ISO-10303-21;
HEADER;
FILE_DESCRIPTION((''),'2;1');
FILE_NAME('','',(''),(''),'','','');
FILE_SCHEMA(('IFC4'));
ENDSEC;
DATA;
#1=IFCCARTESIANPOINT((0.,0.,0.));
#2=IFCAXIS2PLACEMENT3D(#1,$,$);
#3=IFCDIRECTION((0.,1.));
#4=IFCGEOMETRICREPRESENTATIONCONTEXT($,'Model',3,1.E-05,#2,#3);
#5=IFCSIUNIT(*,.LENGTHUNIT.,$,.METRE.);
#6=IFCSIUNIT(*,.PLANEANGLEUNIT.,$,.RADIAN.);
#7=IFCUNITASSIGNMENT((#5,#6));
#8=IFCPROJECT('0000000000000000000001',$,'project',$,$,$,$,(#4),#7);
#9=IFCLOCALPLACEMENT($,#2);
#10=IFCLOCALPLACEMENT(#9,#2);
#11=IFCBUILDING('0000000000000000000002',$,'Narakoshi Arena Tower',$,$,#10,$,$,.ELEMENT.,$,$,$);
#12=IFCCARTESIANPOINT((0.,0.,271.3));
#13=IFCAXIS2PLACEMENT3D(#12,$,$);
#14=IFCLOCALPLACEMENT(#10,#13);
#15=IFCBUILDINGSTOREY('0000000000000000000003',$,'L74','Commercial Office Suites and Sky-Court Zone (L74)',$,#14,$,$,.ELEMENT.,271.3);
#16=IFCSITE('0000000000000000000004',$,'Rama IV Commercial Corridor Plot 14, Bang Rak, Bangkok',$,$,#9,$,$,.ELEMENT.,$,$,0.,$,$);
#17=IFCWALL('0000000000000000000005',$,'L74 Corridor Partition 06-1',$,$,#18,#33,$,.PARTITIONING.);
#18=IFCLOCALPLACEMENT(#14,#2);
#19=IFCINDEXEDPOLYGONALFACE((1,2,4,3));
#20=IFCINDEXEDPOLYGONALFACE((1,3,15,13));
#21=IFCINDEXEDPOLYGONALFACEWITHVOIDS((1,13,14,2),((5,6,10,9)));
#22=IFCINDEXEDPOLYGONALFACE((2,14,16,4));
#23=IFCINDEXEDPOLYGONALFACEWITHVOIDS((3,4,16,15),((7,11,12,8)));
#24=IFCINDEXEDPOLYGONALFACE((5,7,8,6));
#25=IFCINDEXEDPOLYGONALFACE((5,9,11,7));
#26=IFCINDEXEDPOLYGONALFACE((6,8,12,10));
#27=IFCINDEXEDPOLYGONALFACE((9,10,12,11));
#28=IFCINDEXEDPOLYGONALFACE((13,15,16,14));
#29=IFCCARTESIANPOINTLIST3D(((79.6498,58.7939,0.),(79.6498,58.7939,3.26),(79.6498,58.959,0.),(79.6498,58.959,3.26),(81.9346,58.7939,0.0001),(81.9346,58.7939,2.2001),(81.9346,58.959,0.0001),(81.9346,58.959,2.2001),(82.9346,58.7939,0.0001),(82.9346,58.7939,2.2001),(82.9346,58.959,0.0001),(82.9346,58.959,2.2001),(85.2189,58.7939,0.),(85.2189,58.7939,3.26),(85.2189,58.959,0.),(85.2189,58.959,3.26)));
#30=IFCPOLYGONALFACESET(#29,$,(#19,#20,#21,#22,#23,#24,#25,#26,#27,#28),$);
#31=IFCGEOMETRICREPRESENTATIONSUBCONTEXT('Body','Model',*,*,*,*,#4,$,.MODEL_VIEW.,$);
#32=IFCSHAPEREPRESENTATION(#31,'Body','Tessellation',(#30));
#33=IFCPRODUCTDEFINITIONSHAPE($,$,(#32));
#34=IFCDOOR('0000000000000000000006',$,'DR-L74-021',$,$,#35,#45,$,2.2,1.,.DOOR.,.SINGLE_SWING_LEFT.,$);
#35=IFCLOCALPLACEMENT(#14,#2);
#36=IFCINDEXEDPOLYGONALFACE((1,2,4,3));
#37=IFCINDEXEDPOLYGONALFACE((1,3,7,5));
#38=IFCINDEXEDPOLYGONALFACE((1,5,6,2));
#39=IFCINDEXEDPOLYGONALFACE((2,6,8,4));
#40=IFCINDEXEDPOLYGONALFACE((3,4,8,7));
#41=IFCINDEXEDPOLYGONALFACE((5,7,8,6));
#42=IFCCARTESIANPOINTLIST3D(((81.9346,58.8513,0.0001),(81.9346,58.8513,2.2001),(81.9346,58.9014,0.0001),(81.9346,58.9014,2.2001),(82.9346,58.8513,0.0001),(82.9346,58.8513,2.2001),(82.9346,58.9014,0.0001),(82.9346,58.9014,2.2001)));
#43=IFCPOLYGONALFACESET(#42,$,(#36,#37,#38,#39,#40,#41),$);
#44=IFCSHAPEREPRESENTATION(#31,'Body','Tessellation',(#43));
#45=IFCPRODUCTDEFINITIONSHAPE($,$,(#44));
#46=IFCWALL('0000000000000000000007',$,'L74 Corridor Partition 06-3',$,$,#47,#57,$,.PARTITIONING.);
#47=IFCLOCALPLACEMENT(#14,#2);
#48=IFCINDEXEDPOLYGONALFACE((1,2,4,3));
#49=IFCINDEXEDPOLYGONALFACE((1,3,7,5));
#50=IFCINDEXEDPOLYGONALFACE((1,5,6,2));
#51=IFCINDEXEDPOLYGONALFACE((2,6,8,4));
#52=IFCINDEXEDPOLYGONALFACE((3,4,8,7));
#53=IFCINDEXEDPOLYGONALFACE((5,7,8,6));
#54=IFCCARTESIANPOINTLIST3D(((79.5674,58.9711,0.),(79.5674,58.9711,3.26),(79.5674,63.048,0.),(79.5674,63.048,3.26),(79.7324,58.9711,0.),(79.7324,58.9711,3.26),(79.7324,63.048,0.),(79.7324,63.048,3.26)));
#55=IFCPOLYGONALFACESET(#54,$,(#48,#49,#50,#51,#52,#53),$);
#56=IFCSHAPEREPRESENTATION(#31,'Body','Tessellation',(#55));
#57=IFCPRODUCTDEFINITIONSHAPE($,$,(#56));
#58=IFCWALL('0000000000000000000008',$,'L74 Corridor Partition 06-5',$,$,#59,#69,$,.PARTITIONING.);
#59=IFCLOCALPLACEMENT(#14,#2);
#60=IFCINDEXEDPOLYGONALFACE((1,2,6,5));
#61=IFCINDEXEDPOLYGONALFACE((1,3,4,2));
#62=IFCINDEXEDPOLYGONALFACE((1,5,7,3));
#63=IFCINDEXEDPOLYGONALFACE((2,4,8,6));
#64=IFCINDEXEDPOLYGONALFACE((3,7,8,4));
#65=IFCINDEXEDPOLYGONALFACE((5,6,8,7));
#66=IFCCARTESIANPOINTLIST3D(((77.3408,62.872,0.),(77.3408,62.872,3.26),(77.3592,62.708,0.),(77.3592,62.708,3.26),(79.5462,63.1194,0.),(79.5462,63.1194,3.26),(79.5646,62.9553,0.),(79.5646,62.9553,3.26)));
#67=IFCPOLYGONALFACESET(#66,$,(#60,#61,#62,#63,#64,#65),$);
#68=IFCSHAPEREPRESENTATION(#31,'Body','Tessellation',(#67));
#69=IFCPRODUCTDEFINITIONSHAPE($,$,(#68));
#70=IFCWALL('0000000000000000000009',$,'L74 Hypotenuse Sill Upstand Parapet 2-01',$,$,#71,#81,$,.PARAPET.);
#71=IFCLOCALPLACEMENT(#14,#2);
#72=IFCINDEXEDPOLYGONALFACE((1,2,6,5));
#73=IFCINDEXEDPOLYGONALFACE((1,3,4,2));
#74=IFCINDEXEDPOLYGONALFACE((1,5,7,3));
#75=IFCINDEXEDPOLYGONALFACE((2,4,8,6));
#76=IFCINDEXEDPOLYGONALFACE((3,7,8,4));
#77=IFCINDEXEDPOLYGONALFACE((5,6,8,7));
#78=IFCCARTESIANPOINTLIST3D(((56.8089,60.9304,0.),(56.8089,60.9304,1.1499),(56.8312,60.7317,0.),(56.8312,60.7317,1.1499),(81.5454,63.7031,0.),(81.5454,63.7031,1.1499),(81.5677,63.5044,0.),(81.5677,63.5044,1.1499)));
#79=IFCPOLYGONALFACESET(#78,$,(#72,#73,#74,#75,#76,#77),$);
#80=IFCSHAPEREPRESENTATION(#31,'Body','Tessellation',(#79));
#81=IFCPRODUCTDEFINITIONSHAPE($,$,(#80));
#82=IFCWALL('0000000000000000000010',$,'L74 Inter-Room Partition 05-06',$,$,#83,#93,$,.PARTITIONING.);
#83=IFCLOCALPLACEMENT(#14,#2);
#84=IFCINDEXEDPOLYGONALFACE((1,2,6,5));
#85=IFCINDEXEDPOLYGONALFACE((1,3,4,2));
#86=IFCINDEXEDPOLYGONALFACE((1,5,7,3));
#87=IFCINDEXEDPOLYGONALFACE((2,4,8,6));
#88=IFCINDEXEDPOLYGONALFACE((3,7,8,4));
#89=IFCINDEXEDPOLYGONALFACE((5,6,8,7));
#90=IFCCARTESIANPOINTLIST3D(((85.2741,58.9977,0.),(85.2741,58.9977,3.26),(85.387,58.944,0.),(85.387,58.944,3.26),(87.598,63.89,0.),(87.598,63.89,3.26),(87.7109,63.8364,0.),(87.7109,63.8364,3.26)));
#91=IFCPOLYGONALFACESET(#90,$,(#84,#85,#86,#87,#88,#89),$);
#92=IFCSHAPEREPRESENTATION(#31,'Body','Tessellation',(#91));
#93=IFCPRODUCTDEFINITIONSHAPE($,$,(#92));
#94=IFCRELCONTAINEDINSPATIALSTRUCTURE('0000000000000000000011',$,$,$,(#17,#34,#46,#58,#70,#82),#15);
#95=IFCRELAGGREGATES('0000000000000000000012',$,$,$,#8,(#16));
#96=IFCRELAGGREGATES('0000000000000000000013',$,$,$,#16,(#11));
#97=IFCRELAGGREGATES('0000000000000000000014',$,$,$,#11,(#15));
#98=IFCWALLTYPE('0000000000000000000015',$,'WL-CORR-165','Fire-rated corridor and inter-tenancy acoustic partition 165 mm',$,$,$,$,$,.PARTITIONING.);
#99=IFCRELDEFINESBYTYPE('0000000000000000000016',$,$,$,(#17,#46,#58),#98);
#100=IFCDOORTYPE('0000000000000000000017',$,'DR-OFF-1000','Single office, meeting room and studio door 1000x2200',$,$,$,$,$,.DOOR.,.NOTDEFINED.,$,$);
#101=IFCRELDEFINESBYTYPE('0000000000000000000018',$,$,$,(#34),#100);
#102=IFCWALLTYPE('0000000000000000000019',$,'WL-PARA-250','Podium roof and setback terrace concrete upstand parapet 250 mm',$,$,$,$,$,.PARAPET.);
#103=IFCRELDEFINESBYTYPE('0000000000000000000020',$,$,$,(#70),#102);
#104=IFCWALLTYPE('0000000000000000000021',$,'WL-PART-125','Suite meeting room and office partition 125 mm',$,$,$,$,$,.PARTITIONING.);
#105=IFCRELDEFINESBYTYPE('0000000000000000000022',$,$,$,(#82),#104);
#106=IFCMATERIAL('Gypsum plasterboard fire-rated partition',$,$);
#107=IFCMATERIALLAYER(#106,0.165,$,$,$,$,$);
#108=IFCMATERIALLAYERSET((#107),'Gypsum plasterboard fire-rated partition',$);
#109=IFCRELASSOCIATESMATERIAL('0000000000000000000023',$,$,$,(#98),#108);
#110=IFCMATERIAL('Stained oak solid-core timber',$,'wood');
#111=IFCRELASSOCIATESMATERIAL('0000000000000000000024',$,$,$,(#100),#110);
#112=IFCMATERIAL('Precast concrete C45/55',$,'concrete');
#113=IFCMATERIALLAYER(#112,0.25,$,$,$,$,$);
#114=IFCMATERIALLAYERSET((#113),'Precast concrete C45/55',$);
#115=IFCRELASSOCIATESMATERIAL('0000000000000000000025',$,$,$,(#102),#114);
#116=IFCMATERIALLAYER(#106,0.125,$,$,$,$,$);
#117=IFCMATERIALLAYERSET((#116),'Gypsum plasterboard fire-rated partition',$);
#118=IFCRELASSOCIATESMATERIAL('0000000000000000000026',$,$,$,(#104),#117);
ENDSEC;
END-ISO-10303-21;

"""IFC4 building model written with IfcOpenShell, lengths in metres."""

from ifc_helpers import new_model, si_unit, direction, frame, frame_2d, origin, place, context, subcontext, project, spatial, rectangle, extrude, material, layer, layer_set, type_object, element, fill, save


model = new_model("IFC4")

# Units and contexts
model_context = context("Model", 3, precision=1e-05, world=origin(), true_north=direction((0.0, 1.0)))
body_context = subcontext(model_context, "Body", "Model", "MODEL_VIEW")
ifc_project = project(units=[si_unit("LENGTHUNIT", "METRE"), si_unit("PLANEANGLEUNIT", "RADIAN")], contexts=[model_context])

# Site, building, storey
site_placement = place(None, origin())
site = spatial("IfcSite", under=ifc_project, at=site_placement, Name="Rama IV Commercial Corridor Plot 14, Bang Rak, Bangkok", CompositionType="ELEMENT", RefElevation=0.0)
building_placement = place(site_placement, origin())
building = spatial("IfcBuilding", under=site, at=building_placement, Name="Narakoshi Arena Tower", CompositionType="ELEMENT")
storey_placement = place(building_placement, frame((0.0, 0.0, 271.3)))
storey = spatial("IfcBuildingStorey", under=building, at=storey_placement, Name="L74", Description="Commercial Office Suites and Sky-Court Zone (L74)", CompositionType="ELEMENT", Elevation=271.3)

# Shared definitions
ifc_material_1 = material(Name="Gypsum plasterboard fire-rated partition")
ifc_layer_1 = layer(ifc_material_1, 0.165)
ifc_layer_set_1 = layer_set([ifc_layer_1], Name="Gypsum plasterboard fire-rated partition")
wall_type_1 = type_object("IfcWallType", Name="WL-CORR-165", Description="Fire-rated corridor and inter-tenancy acoustic partition 165 mm", PredefinedType="PARTITIONING", material=ifc_layer_set_1)

# Wall, opening, door
wall_1_placement = place(storey_placement, frame((85.219, 58.8765, 0.0), z_axis=(0.0, 0.0, 1.0), x_axis=(-1.0, 0.0, 0.0)))
wall_1 = element("IfcWall", 1, at=wall_1_placement, inside=storey, type_object=wall_type_1, Name="L74 Corridor Partition 06-1", PredefinedType="PARTITIONING", context=body_context, shape_type="SweptSolid", body=[
    extrude(rectangle(XDim=5.5691, YDim=0.165, at=frame_2d((2.7847, 0.0))), origin(), (0.0, 0.0, 1.0), 3.26),
])
opening_placement = place(wall_1_placement, frame((2.2844, 0.0, 0.0)))
opening = element("IfcOpeningElement", 2, at=opening_placement, cuts=wall_1, PredefinedType="OPENING", context=body_context, shape_type="SweptSolid", body=[
    extrude(rectangle(XDim=1.0, YDim=2.2, at=frame_2d((0.5, 1.1001))), frame((0.0, 0.0925, 0.0), z_axis=(0.0, -1.0, 0.0), x_axis=(1.0, 0.0, 0.0)), (0.0, 0.0, 1.0), 0.1851),
])
ifc_material_2 = material(Name="Stained oak solid-core timber", Category="wood")
door_type = type_object("IfcDoorType", Name="DR-OFF-1000", Description="Single office, meeting room and studio door 1000x2200", OperationType="NOTDEFINED", PredefinedType="DOOR", material=ifc_material_2)
door_placement = place(opening_placement, frame((1.0, 0.0, 0.0), z_axis=(0.0, 0.0, 1.0), x_axis=(-1.0, 0.0, 0.0)))
door = element("IfcDoor", 3, at=door_placement, inside=storey, type_object=door_type, Name="DR-L74-021", OperationType="SINGLE_SWING_LEFT", OverallHeight=2.2, OverallWidth=1.0, PredefinedType="DOOR", context=body_context, shape_type="SweptSolid", body=[
    extrude(rectangle(XDim=1.0, YDim=2.2, at=frame_2d((0.5, 1.1001))), frame((0.0, 0.0249, 0.0), z_axis=(0.0, -1.0, 0.0), x_axis=(1.0, 0.0, 0.0)), (0.0, 0.0, 1.0), 0.05),
])
fill(opening, door)

# Walls
wall_2_placement = place(storey_placement, frame((79.6499, 58.9709, 0.0), z_axis=(0.0, 0.0, 1.0), x_axis=(0.0, 1.0, 0.0)))
element("IfcWall", 4, at=wall_2_placement, inside=storey, type_object=wall_type_1, Name="L74 Corridor Partition 06-3", PredefinedType="PARTITIONING", context=body_context, shape_type="SweptSolid", body=[
    extrude(rectangle(XDim=4.0769, YDim=0.165, at=frame_2d((2.0386, 0.0))), origin(), (0.0, 0.0, 1.0), 3.26),
])
wall_3_placement = place(storey_placement, frame((79.5554, 63.0374, 0.0), z_axis=(0.0, 0.0, 1.0), x_axis=(-0.993771, -0.111446, 0.0)))
element("IfcWall", 5, at=wall_3_placement, inside=storey, type_object=wall_type_1, Name="L74 Corridor Partition 06-5", PredefinedType="PARTITIONING", context=body_context, shape_type="SweptSolid", body=[
    extrude(rectangle(XDim=2.2192, YDim=0.165, at=frame_2d((1.1096, 0.0))), origin(), (0.0, 0.0, 1.0), 3.26),
])
ifc_material_3 = material(Name="Precast concrete C45/55", Category="concrete")
ifc_layer_2 = layer(ifc_material_3, 0.25)
ifc_layer_set_2 = layer_set([ifc_layer_2], Name="Precast concrete C45/55")
wall_type_2 = type_object("IfcWallType", Name="WL-PARA-250", Description="Podium roof and setback terrace concrete upstand parapet 250 mm", PredefinedType="PARAPET", material=ifc_layer_set_2)
wall_4_placement = place(storey_placement, frame((81.5566, 63.6038, 0.0), z_axis=(0.0, 0.0, 1.0), x_axis=(-0.993776, -0.111393, 0.0)))
element("IfcWall", 6, at=wall_4_placement, inside=storey, type_object=wall_type_2, Name="L74 Hypotenuse Sill Upstand Parapet 2-01", PredefinedType="PARAPET", context=body_context, shape_type="SweptSolid", body=[
    extrude(rectangle(XDim=24.8914, YDim=0.2, at=frame_2d((12.4458, 0.0))), origin(), (0.0, 0.0, 1.0), 1.1499),
])
ifc_layer_3 = layer(ifc_material_1, 0.125)
ifc_layer_set_3 = layer_set([ifc_layer_3], Name="Gypsum plasterboard fire-rated partition")
wall_type_3 = type_object("IfcWallType", Name="WL-PART-125", Description="Suite meeting room and office partition 125 mm", PredefinedType="PARTITIONING", material=ifc_layer_set_3)
wall_5_placement = place(storey_placement, frame((85.3306, 58.9709, 0.0), z_axis=(0.0, 0.0, 1.0), x_axis=(0.429074, 0.903269, 0.0)))
element("IfcWall", 7, at=wall_5_placement, inside=storey, type_object=wall_type_3, Name="L74 Inter-Room Partition 05-06", PredefinedType="PARTITIONING", context=body_context, shape_type="SweptSolid", body=[
    extrude(rectangle(XDim=5.4163, YDim=0.125, at=frame_2d((2.708, 0.0))), origin(), (0.0, 0.0, 1.0), 3.26),
])

save(model, "model.ifc")
